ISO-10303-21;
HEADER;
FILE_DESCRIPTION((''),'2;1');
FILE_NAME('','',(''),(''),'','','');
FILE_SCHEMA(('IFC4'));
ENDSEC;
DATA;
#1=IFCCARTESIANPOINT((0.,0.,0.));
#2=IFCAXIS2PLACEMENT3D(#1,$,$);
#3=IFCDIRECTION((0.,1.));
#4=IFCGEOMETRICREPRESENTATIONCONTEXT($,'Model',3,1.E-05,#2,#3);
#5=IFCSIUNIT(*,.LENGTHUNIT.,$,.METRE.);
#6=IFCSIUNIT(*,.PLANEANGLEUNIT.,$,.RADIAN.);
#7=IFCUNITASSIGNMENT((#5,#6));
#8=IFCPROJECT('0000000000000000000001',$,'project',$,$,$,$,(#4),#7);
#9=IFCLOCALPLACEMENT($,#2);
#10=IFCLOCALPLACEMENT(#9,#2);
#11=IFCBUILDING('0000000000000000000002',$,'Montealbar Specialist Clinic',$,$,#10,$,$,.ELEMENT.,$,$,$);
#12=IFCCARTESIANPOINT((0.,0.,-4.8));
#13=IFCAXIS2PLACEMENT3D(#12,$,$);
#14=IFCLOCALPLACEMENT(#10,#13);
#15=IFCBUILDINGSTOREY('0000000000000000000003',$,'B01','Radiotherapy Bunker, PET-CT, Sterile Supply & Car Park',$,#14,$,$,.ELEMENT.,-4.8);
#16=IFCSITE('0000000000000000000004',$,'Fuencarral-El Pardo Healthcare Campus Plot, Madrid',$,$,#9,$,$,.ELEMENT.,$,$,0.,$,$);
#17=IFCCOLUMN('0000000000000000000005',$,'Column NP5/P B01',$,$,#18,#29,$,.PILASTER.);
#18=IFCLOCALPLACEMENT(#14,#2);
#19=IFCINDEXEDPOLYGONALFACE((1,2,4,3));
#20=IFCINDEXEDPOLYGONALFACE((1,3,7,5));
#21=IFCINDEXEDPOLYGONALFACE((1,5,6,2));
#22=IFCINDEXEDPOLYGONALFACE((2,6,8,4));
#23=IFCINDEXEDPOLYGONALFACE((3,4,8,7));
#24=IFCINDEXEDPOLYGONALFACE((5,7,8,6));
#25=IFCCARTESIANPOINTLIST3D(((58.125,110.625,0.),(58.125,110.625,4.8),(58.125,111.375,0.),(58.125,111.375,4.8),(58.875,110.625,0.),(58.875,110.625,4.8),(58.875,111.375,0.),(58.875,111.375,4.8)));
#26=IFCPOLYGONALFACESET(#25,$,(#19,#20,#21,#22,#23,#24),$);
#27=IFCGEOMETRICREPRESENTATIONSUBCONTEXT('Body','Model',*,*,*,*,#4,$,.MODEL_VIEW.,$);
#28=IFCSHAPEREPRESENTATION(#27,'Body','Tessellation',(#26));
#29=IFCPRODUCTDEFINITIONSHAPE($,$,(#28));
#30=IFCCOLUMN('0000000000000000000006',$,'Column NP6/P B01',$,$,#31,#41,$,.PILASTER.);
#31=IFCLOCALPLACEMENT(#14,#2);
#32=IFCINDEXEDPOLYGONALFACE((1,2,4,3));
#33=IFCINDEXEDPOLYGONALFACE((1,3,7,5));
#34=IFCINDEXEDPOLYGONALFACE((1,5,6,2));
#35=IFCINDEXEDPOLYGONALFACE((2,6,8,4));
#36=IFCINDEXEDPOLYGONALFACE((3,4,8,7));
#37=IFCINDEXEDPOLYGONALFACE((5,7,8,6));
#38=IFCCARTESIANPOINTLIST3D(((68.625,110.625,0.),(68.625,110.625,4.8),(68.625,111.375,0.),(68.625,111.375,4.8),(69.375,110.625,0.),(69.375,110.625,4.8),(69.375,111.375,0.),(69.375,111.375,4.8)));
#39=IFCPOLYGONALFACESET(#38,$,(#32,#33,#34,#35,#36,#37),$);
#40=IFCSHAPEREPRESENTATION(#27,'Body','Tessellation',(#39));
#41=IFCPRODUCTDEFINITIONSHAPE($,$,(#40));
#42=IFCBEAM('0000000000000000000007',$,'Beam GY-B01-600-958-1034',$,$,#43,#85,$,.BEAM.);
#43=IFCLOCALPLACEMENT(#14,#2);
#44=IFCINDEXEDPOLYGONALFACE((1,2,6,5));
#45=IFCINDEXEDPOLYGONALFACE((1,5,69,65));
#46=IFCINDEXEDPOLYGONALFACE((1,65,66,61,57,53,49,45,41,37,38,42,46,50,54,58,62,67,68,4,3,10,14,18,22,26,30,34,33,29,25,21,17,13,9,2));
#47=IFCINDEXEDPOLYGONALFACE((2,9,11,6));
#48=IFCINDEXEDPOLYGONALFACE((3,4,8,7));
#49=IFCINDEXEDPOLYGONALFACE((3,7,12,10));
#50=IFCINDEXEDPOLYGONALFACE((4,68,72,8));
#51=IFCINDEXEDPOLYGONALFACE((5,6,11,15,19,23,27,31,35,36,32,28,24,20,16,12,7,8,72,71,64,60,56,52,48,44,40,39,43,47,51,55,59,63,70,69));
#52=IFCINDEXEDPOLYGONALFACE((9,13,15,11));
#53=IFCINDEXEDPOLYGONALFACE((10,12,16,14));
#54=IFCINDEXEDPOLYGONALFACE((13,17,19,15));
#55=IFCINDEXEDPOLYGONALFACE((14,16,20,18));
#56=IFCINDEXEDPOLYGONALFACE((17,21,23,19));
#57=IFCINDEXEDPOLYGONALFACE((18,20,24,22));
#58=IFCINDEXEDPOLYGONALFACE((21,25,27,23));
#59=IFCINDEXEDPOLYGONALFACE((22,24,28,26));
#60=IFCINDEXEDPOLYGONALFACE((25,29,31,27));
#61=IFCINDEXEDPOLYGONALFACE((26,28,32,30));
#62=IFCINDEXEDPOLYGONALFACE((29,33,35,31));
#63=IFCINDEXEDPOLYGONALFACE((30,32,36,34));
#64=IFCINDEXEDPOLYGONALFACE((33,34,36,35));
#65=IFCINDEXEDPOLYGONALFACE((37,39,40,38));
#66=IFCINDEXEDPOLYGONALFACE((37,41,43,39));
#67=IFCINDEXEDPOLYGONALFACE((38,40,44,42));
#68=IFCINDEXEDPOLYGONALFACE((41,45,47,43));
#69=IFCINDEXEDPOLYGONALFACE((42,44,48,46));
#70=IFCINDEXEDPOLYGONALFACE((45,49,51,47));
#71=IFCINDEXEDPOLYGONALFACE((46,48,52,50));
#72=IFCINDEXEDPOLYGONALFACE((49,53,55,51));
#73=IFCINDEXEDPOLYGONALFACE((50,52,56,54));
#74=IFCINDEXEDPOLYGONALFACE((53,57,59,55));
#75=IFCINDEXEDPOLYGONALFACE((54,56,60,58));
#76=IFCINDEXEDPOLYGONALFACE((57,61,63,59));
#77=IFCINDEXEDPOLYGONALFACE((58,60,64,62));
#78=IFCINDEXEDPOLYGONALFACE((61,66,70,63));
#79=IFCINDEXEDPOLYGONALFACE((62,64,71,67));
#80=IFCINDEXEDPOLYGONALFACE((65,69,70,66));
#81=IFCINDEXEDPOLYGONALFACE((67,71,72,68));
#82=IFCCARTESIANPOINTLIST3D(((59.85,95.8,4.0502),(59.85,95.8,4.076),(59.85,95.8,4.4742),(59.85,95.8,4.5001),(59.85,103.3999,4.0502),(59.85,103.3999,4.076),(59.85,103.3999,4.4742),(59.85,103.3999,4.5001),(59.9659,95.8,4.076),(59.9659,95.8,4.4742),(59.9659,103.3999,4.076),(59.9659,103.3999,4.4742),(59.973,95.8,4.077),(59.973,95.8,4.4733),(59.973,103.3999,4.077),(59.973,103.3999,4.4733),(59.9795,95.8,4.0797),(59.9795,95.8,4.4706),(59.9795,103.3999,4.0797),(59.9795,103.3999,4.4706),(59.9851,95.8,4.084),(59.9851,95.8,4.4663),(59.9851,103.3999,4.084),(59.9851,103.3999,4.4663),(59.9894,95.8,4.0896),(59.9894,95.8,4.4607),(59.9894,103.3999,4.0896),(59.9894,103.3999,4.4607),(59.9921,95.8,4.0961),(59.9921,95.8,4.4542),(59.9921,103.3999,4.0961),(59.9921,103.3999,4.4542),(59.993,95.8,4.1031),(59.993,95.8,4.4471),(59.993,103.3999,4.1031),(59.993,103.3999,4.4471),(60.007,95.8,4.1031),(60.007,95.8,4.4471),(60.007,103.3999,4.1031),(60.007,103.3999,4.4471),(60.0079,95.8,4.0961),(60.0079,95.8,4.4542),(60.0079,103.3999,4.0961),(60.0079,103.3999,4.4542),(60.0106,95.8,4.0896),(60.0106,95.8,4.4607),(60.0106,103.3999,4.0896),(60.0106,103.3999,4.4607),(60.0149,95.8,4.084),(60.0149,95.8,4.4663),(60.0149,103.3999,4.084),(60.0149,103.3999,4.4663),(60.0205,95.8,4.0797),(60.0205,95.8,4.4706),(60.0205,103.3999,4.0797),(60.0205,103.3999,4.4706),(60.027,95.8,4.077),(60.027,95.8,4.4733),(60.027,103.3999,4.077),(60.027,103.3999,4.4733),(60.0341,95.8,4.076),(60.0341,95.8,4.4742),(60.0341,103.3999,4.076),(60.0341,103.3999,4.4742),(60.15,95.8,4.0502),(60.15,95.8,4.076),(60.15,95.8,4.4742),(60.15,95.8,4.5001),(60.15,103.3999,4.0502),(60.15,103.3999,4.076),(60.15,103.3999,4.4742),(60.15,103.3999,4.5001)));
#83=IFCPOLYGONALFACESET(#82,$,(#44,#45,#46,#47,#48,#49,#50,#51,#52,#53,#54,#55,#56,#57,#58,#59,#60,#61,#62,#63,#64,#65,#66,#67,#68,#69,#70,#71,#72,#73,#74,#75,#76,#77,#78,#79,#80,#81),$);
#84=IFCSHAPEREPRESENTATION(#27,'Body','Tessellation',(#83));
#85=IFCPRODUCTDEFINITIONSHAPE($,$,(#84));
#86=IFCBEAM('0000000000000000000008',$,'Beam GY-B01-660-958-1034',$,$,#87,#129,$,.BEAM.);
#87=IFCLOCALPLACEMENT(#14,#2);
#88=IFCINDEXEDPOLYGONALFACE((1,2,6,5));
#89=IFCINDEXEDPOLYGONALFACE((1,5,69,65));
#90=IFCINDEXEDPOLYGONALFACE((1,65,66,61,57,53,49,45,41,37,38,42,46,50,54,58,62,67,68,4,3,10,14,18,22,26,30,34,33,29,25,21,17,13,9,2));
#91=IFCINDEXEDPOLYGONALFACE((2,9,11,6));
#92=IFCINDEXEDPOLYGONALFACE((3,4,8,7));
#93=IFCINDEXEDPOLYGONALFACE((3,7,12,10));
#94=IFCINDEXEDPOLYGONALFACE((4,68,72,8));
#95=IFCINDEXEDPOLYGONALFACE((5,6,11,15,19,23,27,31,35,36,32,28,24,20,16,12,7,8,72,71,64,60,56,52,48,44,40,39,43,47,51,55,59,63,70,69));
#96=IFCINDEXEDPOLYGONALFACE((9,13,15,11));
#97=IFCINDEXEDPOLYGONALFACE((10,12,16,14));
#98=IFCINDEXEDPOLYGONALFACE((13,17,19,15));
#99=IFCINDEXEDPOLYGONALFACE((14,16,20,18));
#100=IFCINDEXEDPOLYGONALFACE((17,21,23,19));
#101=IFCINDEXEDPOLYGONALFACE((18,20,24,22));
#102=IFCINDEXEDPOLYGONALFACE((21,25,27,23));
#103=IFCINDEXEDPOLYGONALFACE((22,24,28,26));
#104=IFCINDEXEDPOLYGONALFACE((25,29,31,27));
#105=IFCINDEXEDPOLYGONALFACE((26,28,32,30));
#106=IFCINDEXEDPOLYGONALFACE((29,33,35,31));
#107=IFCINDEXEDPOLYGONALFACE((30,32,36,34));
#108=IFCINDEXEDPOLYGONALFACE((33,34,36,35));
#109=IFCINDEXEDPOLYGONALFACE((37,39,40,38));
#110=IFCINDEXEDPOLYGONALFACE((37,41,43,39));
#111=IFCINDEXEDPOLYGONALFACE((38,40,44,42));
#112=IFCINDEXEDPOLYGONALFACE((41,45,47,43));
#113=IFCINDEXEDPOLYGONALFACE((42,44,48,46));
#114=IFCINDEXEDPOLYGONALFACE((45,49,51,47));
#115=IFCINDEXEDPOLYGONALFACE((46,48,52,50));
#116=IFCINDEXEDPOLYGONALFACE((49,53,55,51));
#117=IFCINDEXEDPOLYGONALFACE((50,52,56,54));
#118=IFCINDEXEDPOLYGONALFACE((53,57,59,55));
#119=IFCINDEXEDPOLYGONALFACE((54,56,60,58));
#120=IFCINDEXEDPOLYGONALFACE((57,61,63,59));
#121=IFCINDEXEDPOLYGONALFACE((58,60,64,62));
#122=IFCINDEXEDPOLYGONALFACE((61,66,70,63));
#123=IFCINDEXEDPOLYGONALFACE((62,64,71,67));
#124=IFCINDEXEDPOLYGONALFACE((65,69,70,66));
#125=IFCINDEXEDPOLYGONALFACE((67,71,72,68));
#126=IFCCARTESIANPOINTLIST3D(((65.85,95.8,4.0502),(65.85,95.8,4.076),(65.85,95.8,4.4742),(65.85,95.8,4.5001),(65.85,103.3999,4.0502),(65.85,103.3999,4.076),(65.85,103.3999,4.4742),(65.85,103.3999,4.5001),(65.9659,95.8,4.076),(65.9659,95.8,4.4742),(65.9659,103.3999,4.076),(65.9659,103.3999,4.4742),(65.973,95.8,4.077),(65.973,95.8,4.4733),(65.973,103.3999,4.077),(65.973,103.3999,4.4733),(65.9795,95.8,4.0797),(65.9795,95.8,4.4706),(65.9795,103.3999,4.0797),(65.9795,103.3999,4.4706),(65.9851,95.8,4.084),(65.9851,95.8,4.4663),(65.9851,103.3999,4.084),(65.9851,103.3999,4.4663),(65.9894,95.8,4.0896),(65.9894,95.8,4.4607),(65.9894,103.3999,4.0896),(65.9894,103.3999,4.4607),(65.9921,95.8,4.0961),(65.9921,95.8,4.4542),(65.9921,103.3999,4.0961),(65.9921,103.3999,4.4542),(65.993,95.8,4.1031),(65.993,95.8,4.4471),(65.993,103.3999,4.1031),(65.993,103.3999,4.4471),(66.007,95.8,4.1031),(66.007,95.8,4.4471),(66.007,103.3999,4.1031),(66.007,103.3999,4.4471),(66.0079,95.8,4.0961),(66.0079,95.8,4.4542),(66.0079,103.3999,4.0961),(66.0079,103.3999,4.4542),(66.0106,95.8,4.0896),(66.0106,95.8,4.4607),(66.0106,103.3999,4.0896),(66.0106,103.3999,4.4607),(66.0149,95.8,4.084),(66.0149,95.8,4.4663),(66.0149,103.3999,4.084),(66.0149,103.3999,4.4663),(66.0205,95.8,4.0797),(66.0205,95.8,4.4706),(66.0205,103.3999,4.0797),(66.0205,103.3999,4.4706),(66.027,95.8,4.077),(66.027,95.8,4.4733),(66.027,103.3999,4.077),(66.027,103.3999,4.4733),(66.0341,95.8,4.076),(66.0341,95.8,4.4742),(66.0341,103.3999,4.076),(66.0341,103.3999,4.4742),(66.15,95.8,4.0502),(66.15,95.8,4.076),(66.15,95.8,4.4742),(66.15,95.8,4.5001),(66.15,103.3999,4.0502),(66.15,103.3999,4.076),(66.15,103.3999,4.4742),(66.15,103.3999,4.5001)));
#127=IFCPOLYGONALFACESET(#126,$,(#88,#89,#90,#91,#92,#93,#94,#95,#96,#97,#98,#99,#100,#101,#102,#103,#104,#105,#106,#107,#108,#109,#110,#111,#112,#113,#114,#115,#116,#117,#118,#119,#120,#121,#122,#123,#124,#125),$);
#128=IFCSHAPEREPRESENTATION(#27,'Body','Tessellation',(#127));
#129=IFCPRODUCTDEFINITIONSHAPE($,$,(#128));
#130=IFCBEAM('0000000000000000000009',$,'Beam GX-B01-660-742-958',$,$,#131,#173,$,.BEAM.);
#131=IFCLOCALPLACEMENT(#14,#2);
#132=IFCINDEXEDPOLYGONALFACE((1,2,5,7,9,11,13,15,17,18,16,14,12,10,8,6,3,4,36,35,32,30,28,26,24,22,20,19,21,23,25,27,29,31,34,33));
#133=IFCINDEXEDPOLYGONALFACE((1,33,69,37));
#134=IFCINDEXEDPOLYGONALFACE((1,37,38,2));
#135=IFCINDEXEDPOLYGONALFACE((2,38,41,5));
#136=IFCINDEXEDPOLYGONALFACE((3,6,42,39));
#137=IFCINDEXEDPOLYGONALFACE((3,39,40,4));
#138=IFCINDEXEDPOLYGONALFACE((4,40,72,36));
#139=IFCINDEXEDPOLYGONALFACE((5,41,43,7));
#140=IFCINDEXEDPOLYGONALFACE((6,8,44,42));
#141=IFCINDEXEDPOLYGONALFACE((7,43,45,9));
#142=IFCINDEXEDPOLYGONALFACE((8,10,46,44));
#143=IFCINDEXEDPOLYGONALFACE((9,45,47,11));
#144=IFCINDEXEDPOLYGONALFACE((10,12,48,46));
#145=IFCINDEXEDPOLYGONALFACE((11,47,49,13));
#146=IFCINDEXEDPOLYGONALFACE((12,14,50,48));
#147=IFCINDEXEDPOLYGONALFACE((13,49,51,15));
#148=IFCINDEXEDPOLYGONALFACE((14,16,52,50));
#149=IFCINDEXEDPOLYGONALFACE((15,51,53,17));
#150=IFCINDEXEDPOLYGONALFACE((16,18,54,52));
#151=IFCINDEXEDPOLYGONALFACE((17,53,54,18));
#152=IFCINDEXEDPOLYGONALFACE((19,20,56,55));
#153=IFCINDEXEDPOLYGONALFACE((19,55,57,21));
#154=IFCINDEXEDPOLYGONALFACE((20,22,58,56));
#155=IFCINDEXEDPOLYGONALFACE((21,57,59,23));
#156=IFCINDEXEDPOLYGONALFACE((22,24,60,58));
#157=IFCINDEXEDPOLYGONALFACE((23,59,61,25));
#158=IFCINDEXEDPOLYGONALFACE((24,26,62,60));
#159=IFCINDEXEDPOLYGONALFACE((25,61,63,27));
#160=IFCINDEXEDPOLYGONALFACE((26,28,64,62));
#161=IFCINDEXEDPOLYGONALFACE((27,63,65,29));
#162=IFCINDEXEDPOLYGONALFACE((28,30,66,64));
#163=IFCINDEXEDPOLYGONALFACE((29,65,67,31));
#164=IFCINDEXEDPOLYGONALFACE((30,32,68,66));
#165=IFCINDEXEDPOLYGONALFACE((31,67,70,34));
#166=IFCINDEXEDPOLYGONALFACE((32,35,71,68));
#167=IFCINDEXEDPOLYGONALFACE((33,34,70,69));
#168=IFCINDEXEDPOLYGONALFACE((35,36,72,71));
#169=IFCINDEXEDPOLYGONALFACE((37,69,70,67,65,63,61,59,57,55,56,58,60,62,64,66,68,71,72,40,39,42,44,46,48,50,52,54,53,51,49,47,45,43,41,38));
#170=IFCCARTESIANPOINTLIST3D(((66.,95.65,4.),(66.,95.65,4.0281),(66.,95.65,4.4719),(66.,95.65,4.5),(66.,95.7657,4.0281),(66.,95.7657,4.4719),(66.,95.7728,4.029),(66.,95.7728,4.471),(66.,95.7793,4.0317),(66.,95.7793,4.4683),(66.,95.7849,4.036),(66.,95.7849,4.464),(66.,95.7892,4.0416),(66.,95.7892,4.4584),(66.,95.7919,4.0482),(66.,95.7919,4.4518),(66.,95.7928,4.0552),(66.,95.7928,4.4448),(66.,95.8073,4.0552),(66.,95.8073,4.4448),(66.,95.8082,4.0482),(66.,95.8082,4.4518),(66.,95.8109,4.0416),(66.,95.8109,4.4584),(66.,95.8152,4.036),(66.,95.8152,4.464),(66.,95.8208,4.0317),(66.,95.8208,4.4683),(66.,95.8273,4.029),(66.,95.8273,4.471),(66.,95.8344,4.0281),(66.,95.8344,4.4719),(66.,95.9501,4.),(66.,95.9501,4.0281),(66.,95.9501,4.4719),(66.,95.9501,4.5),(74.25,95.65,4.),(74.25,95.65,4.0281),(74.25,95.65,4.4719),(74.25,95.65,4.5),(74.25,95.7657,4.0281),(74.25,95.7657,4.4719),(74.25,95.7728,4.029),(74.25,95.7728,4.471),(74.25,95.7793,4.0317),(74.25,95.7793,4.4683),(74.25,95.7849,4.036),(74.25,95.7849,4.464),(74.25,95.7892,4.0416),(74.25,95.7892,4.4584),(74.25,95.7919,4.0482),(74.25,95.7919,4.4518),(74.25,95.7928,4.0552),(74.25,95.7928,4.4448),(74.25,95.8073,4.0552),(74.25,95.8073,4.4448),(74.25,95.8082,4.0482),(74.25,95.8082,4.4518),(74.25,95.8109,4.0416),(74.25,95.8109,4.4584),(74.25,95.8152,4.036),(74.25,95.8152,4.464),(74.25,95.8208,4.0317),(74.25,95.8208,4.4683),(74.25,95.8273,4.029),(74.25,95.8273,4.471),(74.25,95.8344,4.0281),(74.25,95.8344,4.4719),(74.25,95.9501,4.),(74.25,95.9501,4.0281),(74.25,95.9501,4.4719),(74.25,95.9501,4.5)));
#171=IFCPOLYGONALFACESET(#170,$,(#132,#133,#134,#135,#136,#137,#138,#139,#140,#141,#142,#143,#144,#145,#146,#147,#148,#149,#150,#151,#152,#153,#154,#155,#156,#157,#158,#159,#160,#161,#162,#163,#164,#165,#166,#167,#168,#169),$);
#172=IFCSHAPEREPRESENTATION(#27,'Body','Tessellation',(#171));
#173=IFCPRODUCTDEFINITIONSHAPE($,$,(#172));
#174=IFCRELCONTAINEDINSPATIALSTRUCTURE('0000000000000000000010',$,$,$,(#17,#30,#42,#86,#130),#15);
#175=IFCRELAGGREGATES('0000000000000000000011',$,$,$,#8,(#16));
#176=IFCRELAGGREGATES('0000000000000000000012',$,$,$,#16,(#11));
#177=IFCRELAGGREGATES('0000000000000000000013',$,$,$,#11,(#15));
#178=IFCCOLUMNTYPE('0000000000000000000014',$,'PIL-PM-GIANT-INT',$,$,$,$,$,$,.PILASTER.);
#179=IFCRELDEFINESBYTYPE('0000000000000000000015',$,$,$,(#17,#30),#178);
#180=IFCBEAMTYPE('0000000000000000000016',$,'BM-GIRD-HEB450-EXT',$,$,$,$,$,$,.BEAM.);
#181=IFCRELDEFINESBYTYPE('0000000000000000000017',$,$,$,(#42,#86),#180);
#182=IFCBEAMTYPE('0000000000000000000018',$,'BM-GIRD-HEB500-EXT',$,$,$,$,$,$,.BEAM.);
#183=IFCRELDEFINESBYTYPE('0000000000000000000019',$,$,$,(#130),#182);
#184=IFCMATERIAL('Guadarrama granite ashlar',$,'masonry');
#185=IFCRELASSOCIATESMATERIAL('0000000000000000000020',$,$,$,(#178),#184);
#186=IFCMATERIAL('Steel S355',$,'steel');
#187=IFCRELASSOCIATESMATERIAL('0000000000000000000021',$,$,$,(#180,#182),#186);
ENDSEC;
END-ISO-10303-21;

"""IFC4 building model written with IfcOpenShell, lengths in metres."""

from ifc_helpers import new_model, si_unit, direction, frame, origin, origin_2d, place, context, subcontext, project, spatial, rectangle, i_section, extrude, material, material_profile, profile_set, type_object, element, save


model = new_model("IFC4")

# Units and contexts
model_context = context("Model", 3, precision=1e-05, world=origin(), true_north=direction((0.0, 1.0)))
body_context = subcontext(model_context, "Body", "Model", "MODEL_VIEW")
ifc_project = project(units=[si_unit("LENGTHUNIT", "METRE"), si_unit("PLANEANGLEUNIT", "RADIAN")], contexts=[model_context])

# Site, building, storey
site_placement = place(None, origin())
site = spatial("IfcSite", under=ifc_project, at=site_placement, Name="Fuencarral-El Pardo Healthcare Campus Plot, Madrid", CompositionType="ELEMENT", RefElevation=0.0)
building_placement = place(site_placement, origin())
building = spatial("IfcBuilding", under=site, at=building_placement, Name="Montealbar Specialist Clinic", CompositionType="ELEMENT")
storey_placement = place(building_placement, frame((0.0, 0.0, -4.8)))
storey = spatial("IfcBuildingStorey", under=building, at=storey_placement, Name="B01", Description="Radiotherapy Bunker, PET-CT, Sterile Supply & Car Park", CompositionType="ELEMENT", Elevation=-4.8)

# Columns
ifc_material_1 = material(Name="Steel S355", Category="steel")
ifc_material_2 = material(Name="Guadarrama granite ashlar", Category="masonry")
ifc_material_profile_1 = material_profile(ifc_material_2, rectangle(XDim=0.75, YDim=0.75, at=origin_2d()), Name="GRANITE PILASTER 750x750", Category="masonry")
ifc_profile_set_1 = profile_set([ifc_material_profile_1], Name="Guadarrama granite ashlar")
column_type_1 = type_object("IfcColumnType", Name="PIL-PM-GIANT-INT", PredefinedType="PILASTER", material=ifc_profile_set_1)
for number, where, z_axis, x_axis, name in (
    (1, (58.5, 111.0, 0.0), (0.0, 0.0, 1.0), (1.0, 0.0, 0.0), "Column NP5/P B01"),
    (2, (69.0, 111.0, 0.0), (0.0, 0.0, 1.0), (1.0, 0.0, 0.0), "Column NP6/P B01"),
):
    element("IfcColumn", number, at=place(storey_placement, frame(where, z_axis=z_axis, x_axis=x_axis)), inside=storey, type_object=column_type_1, Name=name, PredefinedType="PILASTER", context=body_context, shape_type="SweptSolid", body=[
        extrude(rectangle(XDim=0.75, YDim=0.75, at=origin_2d()), origin(), (0.0, 0.0, 1.0), 4.8),
    ])

# Beams
ifc_material_profile_2 = material_profile(ifc_material_1, i_section(OverallWidth=0.3, OverallDepth=0.45, WebThickness=0.0139, FlangeThickness=0.0259, FilletRadius=0.0271, at=origin_2d()), Name="HEB 450", Category="steel")
ifc_profile_set_2 = profile_set([ifc_material_profile_2], Name="Steel S355")
beam_type_1 = type_object("IfcBeamType", Name="BM-GIRD-HEB450-EXT", PredefinedType="BEAM", material=ifc_profile_set_2)
for number, where, z_axis, x_axis, name in (
    (3, (60.0, 95.8, 4.2751), (0.0, 1.0, 0.0), (-1.0, 0.0, 0.0), "Beam GY-B01-600-958-1034"),
    (4, (66.0, 95.8, 4.2751), (0.0, 1.0, 0.0), (-1.0, 0.0, 0.0), "Beam GY-B01-660-958-1034"),
):
    element("IfcBeam", number, at=place(storey_placement, frame(where, z_axis=z_axis, x_axis=x_axis)), inside=storey, type_object=beam_type_1, Name=name, PredefinedType="BEAM", context=body_context, shape_type="SweptSolid", body=[
        extrude(i_section(OverallWidth=0.3, OverallDepth=0.45, WebThickness=0.0139, FlangeThickness=0.0259, FilletRadius=0.0271, at=origin_2d()), origin(), (0.0, 0.0, 1.0), 7.5999),
    ])
ifc_material_profile_3 = material_profile(ifc_material_1, i_section(OverallWidth=0.3, OverallDepth=0.5, WebThickness=0.0144, FlangeThickness=0.0281, FilletRadius=0.0271, at=origin_2d()), Name="HEB 500", Category="steel")
ifc_profile_set_3 = profile_set([ifc_material_profile_3], Name="Steel S355")
beam_type_2 = type_object("IfcBeamType", Name="BM-GIRD-HEB500-EXT", PredefinedType="BEAM", material=ifc_profile_set_3)
beam_1_placement = place(storey_placement, frame((66.0, 95.8, 4.25), z_axis=(1.0, 0.0, 0.0), x_axis=(0.0, 1.0, 0.0)))
element("IfcBeam", 5, at=beam_1_placement, inside=storey, type_object=beam_type_2, Name="Beam GX-B01-660-742-958", PredefinedType="BEAM", context=body_context, shape_type="SweptSolid", body=[
    extrude(i_section(OverallWidth=0.3, OverallDepth=0.5, WebThickness=0.0144, FlangeThickness=0.0281, FilletRadius=0.0271, at=origin_2d()), origin(), (0.0, 0.0, 1.0), 8.25),
])

save(model, "model.ifc")
